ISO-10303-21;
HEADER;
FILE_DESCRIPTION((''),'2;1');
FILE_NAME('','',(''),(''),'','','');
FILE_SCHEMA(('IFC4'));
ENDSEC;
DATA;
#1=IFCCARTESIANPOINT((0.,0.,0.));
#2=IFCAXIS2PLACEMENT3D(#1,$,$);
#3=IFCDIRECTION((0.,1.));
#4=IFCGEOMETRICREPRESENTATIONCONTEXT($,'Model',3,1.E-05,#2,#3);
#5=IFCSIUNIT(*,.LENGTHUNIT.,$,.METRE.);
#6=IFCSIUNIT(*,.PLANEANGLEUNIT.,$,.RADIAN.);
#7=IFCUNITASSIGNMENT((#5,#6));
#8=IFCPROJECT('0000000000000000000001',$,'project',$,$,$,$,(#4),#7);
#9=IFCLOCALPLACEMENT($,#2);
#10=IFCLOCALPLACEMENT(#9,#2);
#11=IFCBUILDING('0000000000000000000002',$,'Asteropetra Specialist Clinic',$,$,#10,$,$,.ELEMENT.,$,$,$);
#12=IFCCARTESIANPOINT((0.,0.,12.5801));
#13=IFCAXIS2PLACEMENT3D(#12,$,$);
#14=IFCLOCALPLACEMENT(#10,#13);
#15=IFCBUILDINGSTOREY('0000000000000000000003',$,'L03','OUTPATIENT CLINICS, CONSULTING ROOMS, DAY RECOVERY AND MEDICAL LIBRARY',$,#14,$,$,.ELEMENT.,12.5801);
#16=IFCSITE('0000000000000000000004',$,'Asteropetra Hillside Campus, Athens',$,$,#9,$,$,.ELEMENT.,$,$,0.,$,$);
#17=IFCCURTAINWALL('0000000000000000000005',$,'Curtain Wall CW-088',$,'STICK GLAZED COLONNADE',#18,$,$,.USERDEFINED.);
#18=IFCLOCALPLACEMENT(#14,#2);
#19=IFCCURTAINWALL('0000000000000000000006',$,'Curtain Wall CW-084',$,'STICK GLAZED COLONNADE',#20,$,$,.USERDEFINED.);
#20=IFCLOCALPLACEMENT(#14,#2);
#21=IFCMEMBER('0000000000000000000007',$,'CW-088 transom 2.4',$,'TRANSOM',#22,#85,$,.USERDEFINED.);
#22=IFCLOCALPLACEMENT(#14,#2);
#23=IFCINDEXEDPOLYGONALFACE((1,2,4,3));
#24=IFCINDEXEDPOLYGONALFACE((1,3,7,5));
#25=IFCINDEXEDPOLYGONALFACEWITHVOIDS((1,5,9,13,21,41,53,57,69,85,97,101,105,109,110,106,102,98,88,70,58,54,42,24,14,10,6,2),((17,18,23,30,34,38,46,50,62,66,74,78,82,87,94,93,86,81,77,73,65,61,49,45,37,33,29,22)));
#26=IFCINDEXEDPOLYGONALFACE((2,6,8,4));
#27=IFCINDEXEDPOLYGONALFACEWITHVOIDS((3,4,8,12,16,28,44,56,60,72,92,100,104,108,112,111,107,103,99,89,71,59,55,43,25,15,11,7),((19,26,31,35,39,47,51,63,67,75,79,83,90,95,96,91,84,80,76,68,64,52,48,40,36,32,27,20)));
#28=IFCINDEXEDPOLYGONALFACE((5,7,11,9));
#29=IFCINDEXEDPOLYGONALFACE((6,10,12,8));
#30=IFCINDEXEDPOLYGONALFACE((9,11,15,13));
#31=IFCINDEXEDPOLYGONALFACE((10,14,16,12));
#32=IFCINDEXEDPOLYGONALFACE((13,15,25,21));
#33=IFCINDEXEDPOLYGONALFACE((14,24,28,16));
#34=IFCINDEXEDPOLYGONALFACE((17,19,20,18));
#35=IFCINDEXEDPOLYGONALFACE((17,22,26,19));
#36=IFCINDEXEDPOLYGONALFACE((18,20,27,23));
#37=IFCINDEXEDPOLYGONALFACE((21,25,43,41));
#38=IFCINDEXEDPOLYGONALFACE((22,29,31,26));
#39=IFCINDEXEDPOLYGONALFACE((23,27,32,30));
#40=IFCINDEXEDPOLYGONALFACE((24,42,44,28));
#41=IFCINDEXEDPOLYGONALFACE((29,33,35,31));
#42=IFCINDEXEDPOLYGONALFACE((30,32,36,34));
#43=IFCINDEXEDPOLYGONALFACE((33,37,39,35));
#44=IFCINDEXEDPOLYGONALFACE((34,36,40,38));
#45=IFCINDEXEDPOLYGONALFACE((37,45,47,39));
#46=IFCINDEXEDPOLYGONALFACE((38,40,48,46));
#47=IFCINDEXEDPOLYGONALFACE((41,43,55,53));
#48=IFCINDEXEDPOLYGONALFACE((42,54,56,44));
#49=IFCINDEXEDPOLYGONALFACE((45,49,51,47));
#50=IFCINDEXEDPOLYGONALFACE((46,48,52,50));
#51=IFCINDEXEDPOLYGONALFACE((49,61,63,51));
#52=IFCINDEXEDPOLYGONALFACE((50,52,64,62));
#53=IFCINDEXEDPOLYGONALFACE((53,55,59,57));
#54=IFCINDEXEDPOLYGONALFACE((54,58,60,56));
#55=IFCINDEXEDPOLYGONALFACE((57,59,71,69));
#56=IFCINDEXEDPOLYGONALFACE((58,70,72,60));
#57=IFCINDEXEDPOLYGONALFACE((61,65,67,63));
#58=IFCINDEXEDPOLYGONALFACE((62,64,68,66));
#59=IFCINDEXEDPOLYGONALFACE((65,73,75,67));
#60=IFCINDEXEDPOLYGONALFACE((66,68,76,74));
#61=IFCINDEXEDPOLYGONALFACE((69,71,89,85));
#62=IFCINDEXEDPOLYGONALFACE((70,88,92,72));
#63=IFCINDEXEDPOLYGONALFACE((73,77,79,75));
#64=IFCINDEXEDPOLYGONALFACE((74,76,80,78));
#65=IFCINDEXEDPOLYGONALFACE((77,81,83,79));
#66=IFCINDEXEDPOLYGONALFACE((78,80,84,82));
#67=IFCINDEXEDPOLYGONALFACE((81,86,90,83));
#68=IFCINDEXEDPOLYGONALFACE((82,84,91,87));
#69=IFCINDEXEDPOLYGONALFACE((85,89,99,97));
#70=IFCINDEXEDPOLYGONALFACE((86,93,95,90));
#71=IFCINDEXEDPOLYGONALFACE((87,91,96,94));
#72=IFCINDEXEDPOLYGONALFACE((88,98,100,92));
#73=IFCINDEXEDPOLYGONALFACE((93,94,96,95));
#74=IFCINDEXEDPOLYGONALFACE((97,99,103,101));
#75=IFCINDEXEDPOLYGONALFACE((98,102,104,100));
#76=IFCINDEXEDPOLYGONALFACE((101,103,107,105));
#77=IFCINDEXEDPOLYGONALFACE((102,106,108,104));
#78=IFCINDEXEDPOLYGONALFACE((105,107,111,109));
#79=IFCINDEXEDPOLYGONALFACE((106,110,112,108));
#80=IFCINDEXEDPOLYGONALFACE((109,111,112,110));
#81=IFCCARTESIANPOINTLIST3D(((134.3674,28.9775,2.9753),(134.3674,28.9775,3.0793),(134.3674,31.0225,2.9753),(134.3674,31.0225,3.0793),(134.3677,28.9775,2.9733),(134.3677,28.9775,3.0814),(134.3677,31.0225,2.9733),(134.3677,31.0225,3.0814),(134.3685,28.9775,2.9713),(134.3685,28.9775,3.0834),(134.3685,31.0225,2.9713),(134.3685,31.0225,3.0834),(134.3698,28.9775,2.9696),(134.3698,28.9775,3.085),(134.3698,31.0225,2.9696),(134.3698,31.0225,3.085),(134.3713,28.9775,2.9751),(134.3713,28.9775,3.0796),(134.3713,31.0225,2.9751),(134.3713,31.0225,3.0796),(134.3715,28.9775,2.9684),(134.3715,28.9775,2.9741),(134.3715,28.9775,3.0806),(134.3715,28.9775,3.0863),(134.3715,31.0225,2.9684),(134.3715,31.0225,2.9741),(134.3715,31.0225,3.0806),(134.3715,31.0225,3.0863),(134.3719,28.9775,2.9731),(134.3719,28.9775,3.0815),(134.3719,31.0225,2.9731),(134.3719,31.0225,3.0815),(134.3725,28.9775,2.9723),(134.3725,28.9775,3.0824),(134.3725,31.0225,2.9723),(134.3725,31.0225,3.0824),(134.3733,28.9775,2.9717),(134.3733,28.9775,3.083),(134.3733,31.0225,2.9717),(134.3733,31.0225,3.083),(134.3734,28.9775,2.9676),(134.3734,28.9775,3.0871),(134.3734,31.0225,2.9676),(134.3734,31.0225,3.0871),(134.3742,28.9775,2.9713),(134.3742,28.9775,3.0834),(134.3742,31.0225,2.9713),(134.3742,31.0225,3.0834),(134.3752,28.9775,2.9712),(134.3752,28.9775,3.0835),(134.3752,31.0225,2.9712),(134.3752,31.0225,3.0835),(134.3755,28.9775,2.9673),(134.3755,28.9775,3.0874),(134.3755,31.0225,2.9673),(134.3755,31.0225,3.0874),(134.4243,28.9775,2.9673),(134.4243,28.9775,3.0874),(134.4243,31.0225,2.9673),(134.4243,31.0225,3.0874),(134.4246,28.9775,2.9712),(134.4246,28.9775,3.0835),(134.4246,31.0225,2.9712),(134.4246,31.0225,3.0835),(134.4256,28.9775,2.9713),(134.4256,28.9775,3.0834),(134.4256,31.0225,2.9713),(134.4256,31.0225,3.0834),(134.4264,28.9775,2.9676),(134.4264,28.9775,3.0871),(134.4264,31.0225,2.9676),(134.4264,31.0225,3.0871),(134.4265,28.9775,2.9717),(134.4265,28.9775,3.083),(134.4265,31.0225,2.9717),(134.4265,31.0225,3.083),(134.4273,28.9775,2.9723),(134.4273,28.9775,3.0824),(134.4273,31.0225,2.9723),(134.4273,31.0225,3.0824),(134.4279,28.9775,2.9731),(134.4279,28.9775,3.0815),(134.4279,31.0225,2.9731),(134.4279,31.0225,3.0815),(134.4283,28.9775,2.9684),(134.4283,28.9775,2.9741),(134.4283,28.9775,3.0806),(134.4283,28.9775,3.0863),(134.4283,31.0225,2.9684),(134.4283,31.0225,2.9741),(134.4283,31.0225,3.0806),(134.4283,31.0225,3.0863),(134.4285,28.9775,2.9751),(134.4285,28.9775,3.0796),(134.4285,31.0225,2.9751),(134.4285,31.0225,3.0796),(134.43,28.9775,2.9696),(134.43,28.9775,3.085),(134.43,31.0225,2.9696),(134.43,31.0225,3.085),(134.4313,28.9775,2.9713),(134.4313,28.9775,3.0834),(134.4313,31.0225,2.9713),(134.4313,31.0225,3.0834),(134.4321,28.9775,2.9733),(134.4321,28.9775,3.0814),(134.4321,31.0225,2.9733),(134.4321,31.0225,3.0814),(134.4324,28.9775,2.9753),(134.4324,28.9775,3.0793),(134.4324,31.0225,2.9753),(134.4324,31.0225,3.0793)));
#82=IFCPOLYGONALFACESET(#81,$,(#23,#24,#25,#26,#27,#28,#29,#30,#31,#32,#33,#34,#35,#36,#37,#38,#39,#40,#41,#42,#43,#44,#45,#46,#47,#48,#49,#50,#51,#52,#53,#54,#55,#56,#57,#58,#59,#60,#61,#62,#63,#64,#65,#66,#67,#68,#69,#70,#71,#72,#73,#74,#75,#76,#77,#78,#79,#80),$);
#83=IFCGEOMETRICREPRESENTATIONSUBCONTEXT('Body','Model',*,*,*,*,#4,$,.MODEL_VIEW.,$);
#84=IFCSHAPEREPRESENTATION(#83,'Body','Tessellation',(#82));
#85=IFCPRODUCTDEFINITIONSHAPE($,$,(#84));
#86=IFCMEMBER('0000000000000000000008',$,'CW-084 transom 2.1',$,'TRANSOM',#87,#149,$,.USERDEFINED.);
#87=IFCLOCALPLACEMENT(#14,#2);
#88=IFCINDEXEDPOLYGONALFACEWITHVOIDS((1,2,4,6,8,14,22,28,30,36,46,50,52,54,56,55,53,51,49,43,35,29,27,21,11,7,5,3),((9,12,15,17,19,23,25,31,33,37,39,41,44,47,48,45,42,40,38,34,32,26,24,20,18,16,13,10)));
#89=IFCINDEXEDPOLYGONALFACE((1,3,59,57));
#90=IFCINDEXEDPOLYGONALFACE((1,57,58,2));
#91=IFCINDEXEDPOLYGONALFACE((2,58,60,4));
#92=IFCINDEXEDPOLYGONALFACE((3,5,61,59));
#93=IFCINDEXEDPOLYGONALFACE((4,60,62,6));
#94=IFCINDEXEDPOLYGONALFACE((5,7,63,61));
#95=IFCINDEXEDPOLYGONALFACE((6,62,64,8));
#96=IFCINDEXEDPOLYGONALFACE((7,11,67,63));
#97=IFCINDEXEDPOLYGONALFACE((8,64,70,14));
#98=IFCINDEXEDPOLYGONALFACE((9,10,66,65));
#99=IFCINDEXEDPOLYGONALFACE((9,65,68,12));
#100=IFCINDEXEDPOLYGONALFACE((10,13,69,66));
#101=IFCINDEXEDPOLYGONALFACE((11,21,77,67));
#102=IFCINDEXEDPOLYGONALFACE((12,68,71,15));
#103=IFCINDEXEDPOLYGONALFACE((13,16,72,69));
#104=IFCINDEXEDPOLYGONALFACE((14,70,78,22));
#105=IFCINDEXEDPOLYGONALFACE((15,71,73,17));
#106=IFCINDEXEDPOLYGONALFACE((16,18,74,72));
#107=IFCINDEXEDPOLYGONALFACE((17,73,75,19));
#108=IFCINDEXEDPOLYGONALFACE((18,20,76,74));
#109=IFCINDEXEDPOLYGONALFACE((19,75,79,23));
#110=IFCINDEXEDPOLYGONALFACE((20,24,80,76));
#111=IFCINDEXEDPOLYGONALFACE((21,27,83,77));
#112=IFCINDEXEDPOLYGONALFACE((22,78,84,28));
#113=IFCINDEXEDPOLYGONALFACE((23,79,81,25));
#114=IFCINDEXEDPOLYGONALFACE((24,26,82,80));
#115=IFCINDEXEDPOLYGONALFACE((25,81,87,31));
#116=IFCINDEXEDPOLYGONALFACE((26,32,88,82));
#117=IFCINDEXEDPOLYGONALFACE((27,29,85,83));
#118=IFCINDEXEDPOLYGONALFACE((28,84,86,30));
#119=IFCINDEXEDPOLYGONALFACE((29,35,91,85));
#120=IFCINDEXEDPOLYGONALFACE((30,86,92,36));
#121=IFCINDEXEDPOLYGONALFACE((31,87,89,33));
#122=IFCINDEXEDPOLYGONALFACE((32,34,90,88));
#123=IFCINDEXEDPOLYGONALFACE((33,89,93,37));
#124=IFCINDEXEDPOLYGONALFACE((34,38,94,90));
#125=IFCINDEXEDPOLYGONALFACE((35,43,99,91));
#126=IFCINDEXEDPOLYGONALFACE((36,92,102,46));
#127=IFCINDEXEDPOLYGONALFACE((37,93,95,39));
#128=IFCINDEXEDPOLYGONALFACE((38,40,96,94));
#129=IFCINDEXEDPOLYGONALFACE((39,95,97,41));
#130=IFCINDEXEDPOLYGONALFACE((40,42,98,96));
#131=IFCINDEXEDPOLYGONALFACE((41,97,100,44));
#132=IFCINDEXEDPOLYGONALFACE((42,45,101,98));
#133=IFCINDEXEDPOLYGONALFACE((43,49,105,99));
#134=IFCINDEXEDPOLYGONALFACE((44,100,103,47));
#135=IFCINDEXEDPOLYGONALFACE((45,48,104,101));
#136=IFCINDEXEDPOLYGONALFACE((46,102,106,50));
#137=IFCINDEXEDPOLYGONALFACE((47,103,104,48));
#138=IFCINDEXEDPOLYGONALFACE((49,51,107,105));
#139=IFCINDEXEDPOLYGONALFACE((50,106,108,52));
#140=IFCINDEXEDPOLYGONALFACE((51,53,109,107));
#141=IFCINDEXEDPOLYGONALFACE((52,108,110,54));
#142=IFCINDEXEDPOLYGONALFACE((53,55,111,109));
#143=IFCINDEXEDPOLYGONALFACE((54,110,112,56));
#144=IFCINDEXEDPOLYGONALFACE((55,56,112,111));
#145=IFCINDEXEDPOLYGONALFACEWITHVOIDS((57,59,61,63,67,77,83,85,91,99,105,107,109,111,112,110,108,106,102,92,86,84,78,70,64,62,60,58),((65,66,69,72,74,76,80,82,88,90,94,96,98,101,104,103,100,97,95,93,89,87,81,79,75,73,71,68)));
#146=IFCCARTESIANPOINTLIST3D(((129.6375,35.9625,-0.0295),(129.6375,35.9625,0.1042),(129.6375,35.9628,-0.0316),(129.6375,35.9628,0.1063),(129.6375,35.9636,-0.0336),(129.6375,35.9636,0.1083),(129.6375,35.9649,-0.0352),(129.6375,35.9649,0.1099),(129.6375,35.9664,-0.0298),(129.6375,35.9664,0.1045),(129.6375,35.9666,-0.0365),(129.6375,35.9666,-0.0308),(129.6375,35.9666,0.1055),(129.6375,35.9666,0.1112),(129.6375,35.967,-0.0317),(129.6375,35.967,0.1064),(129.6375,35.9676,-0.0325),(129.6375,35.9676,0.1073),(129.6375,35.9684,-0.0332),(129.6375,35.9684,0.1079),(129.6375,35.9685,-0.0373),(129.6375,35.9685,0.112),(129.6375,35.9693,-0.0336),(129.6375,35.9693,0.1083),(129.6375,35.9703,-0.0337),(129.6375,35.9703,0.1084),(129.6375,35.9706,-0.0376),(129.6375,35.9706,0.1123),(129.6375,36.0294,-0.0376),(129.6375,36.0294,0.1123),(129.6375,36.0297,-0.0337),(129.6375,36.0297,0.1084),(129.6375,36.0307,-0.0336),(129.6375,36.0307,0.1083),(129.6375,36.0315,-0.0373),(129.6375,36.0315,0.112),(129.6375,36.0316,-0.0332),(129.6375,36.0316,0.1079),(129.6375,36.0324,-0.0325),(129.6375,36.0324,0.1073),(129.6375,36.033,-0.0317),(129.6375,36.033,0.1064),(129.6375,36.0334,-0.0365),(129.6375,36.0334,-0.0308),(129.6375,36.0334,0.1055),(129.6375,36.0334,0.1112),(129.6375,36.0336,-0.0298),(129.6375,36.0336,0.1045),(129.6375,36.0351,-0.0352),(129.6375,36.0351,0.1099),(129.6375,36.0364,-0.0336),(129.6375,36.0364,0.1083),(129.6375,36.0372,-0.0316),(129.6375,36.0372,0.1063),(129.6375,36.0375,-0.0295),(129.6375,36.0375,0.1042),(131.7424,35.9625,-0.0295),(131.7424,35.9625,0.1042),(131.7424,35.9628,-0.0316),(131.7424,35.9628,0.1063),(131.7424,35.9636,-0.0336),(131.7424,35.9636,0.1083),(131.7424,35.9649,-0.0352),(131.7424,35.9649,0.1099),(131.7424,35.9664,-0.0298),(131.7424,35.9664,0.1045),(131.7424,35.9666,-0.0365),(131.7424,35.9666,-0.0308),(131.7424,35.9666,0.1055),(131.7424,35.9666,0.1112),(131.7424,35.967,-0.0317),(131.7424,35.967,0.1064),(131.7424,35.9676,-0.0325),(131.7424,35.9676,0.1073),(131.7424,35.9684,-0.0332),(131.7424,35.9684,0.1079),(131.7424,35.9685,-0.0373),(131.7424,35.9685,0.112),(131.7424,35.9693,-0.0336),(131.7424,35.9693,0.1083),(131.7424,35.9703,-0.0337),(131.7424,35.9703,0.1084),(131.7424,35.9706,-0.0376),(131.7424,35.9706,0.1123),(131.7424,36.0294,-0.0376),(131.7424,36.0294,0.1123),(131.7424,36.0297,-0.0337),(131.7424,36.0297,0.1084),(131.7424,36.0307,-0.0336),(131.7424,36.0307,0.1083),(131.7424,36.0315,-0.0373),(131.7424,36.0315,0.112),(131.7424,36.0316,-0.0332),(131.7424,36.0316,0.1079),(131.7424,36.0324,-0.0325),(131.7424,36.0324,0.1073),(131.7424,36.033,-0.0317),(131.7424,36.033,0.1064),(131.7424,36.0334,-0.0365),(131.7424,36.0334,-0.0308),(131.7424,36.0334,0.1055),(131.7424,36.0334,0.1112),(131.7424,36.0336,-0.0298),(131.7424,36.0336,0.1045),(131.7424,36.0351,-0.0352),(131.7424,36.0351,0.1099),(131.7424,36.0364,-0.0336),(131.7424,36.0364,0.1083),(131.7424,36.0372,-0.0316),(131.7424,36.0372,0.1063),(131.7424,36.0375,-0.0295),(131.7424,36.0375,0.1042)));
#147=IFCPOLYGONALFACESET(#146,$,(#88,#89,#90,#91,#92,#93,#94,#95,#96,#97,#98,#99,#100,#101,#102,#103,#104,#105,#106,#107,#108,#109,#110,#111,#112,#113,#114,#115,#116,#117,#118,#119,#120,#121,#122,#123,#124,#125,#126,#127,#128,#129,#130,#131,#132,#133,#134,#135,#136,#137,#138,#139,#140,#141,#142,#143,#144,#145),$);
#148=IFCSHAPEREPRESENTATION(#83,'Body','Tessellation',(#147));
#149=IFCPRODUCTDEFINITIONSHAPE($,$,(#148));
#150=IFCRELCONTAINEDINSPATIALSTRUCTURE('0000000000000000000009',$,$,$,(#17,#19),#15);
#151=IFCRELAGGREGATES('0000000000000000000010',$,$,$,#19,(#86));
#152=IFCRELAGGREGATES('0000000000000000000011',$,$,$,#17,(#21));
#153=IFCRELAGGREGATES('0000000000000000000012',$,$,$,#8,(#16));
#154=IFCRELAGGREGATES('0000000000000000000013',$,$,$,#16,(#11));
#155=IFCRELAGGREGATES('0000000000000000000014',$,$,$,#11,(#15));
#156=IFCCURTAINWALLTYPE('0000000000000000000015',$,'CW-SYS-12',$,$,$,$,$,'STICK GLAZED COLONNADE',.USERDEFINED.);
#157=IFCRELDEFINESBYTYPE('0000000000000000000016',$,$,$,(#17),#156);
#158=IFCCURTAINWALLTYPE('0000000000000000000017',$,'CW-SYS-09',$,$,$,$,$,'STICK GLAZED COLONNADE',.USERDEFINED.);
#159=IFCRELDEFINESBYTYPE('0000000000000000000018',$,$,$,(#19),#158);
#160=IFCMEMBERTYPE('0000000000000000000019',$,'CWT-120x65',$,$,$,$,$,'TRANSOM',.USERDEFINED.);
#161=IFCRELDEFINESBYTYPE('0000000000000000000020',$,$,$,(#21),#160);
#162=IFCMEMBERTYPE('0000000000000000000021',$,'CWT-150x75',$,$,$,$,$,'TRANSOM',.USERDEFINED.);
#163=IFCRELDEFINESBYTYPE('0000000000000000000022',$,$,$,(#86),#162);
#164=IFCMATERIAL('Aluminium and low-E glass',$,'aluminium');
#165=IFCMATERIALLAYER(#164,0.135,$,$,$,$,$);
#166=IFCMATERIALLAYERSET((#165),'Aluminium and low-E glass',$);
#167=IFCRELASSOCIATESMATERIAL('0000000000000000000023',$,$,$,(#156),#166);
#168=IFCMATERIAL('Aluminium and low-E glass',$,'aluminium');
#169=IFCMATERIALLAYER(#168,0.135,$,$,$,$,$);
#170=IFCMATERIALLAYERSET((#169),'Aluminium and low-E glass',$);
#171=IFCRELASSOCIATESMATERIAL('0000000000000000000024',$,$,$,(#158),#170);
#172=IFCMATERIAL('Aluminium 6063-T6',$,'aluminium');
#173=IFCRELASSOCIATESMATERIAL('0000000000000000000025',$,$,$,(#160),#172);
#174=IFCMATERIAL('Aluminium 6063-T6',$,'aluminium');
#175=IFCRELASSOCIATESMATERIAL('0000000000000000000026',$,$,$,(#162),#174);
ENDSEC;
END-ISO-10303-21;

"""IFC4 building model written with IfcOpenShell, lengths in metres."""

from ifc_helpers import new_model, si_unit, direction, frame, origin, origin_2d, place, context, subcontext, project, spatial, hollow_rectangle, extrude, material, layer, layer_set, material_profile, profile_set, type_object, element, aggregate, save


model = new_model("IFC4")

# Units and contexts
model_context = context("Model", 3, precision=1e-05, world=origin(), true_north=direction((0.0, 1.0)))
body_context = subcontext(model_context, "Body", "Model", "MODEL_VIEW")
ifc_project = project(units=[si_unit("LENGTHUNIT", "METRE"), si_unit("PLANEANGLEUNIT", "RADIAN")], contexts=[model_context])

# Site, building, storey
site_placement = place(None, origin())
site = spatial("IfcSite", under=ifc_project, at=site_placement, Name="Asteropetra Hillside Campus, Athens", CompositionType="ELEMENT", RefElevation=0.0)
building_placement = place(site_placement, origin())
building = spatial("IfcBuilding", under=site, at=building_placement, Name="Asteropetra Specialist Clinic", CompositionType="ELEMENT")
storey_placement = place(building_placement, frame((0.0, 0.0, 12.5801)))
storey = spatial("IfcBuildingStorey", under=building, at=storey_placement, Name="L03", Description="OUTPATIENT CLINICS, CONSULTING ROOMS, DAY RECOVERY AND MEDICAL LIBRARY", CompositionType="ELEMENT", Elevation=12.5801)

# Curtain walls
ifc_material_1 = material(Name="Aluminium and low-E glass", Category="aluminium")
ifc_layer_1 = layer(ifc_material_1, 0.135)
ifc_layer_set_1 = layer_set([ifc_layer_1], Name="Aluminium and low-E glass")
curtain_wall_type_1 = type_object("IfcCurtainWallType", Name="CW-SYS-12", ElementType="STICK GLAZED COLONNADE", PredefinedType="USERDEFINED", material=ifc_layer_set_1)
curtain_wall_1_placement = place(storey_placement, origin())
curtain_wall_1 = element("IfcCurtainWall", 1, at=curtain_wall_1_placement, inside=storey, type_object=curtain_wall_type_1, Name="Curtain Wall CW-088", ObjectType="STICK GLAZED COLONNADE", PredefinedType="USERDEFINED")
ifc_material_2 = material(Name="Aluminium and low-E glass", Category="aluminium")
ifc_layer_2 = layer(ifc_material_2, 0.135)
ifc_layer_set_2 = layer_set([ifc_layer_2], Name="Aluminium and low-E glass")
curtain_wall_type_2 = type_object("IfcCurtainWallType", Name="CW-SYS-09", ElementType="STICK GLAZED COLONNADE", PredefinedType="USERDEFINED", material=ifc_layer_set_2)
curtain_wall_2_placement = place(storey_placement, origin())
curtain_wall_2 = element("IfcCurtainWall", 2, at=curtain_wall_2_placement, inside=storey, type_object=curtain_wall_type_2, Name="Curtain Wall CW-084", ObjectType="STICK GLAZED COLONNADE", PredefinedType="USERDEFINED")

# Members
ifc_material_3 = material(Name="Aluminium 6063-T6", Category="aluminium")
ifc_material_profile_1 = material_profile(ifc_material_3, hollow_rectangle(XDim=0.0649, YDim=0.1201, WallThickness=0.0039, InnerFilletRadius=0.0039, OuterFilletRadius=0.0081, at=origin_2d()), Name="TRN 120x65x4.0")
ifc_profile_set_1 = profile_set([ifc_material_profile_1], Name="Aluminium 6063-T6")
member_type_1 = type_object("IfcMemberType", Name="CWT-120x65", ElementType="TRANSOM", PredefinedType="USERDEFINED", material=ifc_profile_set_1)
member_1_placement = place(storey_placement, frame((134.3999, 28.9775, 3.0273), z_axis=(0.0, 1.0, 0.0), x_axis=(-1.0, 0.0, 0.0)))
member_1 = element("IfcMember", 3, at=member_1_placement, type_object=member_type_1, Name="CW-088 transom 2.4", ObjectType="TRANSOM", PredefinedType="USERDEFINED", context=body_context, shape_type="SweptSolid", body=[
    extrude(hollow_rectangle(XDim=0.0649, YDim=0.1201, WallThickness=0.0039, InnerFilletRadius=0.0039, OuterFilletRadius=0.0081, at=origin_2d()), origin(), (0.0, 0.0, 1.0), 2.0449),
])
ifc_material_4 = material(Name="Aluminium 6063-T6", Category="aluminium")
ifc_material_profile_2 = material_profile(ifc_material_4, hollow_rectangle(XDim=0.075, YDim=0.1499, WallThickness=0.0039, InnerFilletRadius=0.0039, OuterFilletRadius=0.0081, at=origin_2d()), Name="TRN 150x75x4.0")
ifc_profile_set_2 = profile_set([ifc_material_profile_2], Name="Aluminium 6063-T6")
member_type_2 = type_object("IfcMemberType", Name="CWT-150x75", ElementType="TRANSOM", PredefinedType="USERDEFINED", material=ifc_profile_set_2)
member_2_placement = place(storey_placement, frame((131.7424, 36.0, 0.0374), z_axis=(-1.0, 0.0, 0.0), x_axis=(0.0, -1.0, 0.0)))
member_2 = element("IfcMember", 4, at=member_2_placement, type_object=member_type_2, Name="CW-084 transom 2.1", ObjectType="TRANSOM", PredefinedType="USERDEFINED", context=body_context, shape_type="SweptSolid", body=[
    extrude(hollow_rectangle(XDim=0.075, YDim=0.1499, WallThickness=0.0039, InnerFilletRadius=0.0039, OuterFilletRadius=0.0081, at=origin_2d()), origin(), (0.0, 0.0, 1.0), 2.105),
])

aggregate(curtain_wall_2, [member_2])
aggregate(curtain_wall_1, [member_1])

save(model, "model.ifc")
